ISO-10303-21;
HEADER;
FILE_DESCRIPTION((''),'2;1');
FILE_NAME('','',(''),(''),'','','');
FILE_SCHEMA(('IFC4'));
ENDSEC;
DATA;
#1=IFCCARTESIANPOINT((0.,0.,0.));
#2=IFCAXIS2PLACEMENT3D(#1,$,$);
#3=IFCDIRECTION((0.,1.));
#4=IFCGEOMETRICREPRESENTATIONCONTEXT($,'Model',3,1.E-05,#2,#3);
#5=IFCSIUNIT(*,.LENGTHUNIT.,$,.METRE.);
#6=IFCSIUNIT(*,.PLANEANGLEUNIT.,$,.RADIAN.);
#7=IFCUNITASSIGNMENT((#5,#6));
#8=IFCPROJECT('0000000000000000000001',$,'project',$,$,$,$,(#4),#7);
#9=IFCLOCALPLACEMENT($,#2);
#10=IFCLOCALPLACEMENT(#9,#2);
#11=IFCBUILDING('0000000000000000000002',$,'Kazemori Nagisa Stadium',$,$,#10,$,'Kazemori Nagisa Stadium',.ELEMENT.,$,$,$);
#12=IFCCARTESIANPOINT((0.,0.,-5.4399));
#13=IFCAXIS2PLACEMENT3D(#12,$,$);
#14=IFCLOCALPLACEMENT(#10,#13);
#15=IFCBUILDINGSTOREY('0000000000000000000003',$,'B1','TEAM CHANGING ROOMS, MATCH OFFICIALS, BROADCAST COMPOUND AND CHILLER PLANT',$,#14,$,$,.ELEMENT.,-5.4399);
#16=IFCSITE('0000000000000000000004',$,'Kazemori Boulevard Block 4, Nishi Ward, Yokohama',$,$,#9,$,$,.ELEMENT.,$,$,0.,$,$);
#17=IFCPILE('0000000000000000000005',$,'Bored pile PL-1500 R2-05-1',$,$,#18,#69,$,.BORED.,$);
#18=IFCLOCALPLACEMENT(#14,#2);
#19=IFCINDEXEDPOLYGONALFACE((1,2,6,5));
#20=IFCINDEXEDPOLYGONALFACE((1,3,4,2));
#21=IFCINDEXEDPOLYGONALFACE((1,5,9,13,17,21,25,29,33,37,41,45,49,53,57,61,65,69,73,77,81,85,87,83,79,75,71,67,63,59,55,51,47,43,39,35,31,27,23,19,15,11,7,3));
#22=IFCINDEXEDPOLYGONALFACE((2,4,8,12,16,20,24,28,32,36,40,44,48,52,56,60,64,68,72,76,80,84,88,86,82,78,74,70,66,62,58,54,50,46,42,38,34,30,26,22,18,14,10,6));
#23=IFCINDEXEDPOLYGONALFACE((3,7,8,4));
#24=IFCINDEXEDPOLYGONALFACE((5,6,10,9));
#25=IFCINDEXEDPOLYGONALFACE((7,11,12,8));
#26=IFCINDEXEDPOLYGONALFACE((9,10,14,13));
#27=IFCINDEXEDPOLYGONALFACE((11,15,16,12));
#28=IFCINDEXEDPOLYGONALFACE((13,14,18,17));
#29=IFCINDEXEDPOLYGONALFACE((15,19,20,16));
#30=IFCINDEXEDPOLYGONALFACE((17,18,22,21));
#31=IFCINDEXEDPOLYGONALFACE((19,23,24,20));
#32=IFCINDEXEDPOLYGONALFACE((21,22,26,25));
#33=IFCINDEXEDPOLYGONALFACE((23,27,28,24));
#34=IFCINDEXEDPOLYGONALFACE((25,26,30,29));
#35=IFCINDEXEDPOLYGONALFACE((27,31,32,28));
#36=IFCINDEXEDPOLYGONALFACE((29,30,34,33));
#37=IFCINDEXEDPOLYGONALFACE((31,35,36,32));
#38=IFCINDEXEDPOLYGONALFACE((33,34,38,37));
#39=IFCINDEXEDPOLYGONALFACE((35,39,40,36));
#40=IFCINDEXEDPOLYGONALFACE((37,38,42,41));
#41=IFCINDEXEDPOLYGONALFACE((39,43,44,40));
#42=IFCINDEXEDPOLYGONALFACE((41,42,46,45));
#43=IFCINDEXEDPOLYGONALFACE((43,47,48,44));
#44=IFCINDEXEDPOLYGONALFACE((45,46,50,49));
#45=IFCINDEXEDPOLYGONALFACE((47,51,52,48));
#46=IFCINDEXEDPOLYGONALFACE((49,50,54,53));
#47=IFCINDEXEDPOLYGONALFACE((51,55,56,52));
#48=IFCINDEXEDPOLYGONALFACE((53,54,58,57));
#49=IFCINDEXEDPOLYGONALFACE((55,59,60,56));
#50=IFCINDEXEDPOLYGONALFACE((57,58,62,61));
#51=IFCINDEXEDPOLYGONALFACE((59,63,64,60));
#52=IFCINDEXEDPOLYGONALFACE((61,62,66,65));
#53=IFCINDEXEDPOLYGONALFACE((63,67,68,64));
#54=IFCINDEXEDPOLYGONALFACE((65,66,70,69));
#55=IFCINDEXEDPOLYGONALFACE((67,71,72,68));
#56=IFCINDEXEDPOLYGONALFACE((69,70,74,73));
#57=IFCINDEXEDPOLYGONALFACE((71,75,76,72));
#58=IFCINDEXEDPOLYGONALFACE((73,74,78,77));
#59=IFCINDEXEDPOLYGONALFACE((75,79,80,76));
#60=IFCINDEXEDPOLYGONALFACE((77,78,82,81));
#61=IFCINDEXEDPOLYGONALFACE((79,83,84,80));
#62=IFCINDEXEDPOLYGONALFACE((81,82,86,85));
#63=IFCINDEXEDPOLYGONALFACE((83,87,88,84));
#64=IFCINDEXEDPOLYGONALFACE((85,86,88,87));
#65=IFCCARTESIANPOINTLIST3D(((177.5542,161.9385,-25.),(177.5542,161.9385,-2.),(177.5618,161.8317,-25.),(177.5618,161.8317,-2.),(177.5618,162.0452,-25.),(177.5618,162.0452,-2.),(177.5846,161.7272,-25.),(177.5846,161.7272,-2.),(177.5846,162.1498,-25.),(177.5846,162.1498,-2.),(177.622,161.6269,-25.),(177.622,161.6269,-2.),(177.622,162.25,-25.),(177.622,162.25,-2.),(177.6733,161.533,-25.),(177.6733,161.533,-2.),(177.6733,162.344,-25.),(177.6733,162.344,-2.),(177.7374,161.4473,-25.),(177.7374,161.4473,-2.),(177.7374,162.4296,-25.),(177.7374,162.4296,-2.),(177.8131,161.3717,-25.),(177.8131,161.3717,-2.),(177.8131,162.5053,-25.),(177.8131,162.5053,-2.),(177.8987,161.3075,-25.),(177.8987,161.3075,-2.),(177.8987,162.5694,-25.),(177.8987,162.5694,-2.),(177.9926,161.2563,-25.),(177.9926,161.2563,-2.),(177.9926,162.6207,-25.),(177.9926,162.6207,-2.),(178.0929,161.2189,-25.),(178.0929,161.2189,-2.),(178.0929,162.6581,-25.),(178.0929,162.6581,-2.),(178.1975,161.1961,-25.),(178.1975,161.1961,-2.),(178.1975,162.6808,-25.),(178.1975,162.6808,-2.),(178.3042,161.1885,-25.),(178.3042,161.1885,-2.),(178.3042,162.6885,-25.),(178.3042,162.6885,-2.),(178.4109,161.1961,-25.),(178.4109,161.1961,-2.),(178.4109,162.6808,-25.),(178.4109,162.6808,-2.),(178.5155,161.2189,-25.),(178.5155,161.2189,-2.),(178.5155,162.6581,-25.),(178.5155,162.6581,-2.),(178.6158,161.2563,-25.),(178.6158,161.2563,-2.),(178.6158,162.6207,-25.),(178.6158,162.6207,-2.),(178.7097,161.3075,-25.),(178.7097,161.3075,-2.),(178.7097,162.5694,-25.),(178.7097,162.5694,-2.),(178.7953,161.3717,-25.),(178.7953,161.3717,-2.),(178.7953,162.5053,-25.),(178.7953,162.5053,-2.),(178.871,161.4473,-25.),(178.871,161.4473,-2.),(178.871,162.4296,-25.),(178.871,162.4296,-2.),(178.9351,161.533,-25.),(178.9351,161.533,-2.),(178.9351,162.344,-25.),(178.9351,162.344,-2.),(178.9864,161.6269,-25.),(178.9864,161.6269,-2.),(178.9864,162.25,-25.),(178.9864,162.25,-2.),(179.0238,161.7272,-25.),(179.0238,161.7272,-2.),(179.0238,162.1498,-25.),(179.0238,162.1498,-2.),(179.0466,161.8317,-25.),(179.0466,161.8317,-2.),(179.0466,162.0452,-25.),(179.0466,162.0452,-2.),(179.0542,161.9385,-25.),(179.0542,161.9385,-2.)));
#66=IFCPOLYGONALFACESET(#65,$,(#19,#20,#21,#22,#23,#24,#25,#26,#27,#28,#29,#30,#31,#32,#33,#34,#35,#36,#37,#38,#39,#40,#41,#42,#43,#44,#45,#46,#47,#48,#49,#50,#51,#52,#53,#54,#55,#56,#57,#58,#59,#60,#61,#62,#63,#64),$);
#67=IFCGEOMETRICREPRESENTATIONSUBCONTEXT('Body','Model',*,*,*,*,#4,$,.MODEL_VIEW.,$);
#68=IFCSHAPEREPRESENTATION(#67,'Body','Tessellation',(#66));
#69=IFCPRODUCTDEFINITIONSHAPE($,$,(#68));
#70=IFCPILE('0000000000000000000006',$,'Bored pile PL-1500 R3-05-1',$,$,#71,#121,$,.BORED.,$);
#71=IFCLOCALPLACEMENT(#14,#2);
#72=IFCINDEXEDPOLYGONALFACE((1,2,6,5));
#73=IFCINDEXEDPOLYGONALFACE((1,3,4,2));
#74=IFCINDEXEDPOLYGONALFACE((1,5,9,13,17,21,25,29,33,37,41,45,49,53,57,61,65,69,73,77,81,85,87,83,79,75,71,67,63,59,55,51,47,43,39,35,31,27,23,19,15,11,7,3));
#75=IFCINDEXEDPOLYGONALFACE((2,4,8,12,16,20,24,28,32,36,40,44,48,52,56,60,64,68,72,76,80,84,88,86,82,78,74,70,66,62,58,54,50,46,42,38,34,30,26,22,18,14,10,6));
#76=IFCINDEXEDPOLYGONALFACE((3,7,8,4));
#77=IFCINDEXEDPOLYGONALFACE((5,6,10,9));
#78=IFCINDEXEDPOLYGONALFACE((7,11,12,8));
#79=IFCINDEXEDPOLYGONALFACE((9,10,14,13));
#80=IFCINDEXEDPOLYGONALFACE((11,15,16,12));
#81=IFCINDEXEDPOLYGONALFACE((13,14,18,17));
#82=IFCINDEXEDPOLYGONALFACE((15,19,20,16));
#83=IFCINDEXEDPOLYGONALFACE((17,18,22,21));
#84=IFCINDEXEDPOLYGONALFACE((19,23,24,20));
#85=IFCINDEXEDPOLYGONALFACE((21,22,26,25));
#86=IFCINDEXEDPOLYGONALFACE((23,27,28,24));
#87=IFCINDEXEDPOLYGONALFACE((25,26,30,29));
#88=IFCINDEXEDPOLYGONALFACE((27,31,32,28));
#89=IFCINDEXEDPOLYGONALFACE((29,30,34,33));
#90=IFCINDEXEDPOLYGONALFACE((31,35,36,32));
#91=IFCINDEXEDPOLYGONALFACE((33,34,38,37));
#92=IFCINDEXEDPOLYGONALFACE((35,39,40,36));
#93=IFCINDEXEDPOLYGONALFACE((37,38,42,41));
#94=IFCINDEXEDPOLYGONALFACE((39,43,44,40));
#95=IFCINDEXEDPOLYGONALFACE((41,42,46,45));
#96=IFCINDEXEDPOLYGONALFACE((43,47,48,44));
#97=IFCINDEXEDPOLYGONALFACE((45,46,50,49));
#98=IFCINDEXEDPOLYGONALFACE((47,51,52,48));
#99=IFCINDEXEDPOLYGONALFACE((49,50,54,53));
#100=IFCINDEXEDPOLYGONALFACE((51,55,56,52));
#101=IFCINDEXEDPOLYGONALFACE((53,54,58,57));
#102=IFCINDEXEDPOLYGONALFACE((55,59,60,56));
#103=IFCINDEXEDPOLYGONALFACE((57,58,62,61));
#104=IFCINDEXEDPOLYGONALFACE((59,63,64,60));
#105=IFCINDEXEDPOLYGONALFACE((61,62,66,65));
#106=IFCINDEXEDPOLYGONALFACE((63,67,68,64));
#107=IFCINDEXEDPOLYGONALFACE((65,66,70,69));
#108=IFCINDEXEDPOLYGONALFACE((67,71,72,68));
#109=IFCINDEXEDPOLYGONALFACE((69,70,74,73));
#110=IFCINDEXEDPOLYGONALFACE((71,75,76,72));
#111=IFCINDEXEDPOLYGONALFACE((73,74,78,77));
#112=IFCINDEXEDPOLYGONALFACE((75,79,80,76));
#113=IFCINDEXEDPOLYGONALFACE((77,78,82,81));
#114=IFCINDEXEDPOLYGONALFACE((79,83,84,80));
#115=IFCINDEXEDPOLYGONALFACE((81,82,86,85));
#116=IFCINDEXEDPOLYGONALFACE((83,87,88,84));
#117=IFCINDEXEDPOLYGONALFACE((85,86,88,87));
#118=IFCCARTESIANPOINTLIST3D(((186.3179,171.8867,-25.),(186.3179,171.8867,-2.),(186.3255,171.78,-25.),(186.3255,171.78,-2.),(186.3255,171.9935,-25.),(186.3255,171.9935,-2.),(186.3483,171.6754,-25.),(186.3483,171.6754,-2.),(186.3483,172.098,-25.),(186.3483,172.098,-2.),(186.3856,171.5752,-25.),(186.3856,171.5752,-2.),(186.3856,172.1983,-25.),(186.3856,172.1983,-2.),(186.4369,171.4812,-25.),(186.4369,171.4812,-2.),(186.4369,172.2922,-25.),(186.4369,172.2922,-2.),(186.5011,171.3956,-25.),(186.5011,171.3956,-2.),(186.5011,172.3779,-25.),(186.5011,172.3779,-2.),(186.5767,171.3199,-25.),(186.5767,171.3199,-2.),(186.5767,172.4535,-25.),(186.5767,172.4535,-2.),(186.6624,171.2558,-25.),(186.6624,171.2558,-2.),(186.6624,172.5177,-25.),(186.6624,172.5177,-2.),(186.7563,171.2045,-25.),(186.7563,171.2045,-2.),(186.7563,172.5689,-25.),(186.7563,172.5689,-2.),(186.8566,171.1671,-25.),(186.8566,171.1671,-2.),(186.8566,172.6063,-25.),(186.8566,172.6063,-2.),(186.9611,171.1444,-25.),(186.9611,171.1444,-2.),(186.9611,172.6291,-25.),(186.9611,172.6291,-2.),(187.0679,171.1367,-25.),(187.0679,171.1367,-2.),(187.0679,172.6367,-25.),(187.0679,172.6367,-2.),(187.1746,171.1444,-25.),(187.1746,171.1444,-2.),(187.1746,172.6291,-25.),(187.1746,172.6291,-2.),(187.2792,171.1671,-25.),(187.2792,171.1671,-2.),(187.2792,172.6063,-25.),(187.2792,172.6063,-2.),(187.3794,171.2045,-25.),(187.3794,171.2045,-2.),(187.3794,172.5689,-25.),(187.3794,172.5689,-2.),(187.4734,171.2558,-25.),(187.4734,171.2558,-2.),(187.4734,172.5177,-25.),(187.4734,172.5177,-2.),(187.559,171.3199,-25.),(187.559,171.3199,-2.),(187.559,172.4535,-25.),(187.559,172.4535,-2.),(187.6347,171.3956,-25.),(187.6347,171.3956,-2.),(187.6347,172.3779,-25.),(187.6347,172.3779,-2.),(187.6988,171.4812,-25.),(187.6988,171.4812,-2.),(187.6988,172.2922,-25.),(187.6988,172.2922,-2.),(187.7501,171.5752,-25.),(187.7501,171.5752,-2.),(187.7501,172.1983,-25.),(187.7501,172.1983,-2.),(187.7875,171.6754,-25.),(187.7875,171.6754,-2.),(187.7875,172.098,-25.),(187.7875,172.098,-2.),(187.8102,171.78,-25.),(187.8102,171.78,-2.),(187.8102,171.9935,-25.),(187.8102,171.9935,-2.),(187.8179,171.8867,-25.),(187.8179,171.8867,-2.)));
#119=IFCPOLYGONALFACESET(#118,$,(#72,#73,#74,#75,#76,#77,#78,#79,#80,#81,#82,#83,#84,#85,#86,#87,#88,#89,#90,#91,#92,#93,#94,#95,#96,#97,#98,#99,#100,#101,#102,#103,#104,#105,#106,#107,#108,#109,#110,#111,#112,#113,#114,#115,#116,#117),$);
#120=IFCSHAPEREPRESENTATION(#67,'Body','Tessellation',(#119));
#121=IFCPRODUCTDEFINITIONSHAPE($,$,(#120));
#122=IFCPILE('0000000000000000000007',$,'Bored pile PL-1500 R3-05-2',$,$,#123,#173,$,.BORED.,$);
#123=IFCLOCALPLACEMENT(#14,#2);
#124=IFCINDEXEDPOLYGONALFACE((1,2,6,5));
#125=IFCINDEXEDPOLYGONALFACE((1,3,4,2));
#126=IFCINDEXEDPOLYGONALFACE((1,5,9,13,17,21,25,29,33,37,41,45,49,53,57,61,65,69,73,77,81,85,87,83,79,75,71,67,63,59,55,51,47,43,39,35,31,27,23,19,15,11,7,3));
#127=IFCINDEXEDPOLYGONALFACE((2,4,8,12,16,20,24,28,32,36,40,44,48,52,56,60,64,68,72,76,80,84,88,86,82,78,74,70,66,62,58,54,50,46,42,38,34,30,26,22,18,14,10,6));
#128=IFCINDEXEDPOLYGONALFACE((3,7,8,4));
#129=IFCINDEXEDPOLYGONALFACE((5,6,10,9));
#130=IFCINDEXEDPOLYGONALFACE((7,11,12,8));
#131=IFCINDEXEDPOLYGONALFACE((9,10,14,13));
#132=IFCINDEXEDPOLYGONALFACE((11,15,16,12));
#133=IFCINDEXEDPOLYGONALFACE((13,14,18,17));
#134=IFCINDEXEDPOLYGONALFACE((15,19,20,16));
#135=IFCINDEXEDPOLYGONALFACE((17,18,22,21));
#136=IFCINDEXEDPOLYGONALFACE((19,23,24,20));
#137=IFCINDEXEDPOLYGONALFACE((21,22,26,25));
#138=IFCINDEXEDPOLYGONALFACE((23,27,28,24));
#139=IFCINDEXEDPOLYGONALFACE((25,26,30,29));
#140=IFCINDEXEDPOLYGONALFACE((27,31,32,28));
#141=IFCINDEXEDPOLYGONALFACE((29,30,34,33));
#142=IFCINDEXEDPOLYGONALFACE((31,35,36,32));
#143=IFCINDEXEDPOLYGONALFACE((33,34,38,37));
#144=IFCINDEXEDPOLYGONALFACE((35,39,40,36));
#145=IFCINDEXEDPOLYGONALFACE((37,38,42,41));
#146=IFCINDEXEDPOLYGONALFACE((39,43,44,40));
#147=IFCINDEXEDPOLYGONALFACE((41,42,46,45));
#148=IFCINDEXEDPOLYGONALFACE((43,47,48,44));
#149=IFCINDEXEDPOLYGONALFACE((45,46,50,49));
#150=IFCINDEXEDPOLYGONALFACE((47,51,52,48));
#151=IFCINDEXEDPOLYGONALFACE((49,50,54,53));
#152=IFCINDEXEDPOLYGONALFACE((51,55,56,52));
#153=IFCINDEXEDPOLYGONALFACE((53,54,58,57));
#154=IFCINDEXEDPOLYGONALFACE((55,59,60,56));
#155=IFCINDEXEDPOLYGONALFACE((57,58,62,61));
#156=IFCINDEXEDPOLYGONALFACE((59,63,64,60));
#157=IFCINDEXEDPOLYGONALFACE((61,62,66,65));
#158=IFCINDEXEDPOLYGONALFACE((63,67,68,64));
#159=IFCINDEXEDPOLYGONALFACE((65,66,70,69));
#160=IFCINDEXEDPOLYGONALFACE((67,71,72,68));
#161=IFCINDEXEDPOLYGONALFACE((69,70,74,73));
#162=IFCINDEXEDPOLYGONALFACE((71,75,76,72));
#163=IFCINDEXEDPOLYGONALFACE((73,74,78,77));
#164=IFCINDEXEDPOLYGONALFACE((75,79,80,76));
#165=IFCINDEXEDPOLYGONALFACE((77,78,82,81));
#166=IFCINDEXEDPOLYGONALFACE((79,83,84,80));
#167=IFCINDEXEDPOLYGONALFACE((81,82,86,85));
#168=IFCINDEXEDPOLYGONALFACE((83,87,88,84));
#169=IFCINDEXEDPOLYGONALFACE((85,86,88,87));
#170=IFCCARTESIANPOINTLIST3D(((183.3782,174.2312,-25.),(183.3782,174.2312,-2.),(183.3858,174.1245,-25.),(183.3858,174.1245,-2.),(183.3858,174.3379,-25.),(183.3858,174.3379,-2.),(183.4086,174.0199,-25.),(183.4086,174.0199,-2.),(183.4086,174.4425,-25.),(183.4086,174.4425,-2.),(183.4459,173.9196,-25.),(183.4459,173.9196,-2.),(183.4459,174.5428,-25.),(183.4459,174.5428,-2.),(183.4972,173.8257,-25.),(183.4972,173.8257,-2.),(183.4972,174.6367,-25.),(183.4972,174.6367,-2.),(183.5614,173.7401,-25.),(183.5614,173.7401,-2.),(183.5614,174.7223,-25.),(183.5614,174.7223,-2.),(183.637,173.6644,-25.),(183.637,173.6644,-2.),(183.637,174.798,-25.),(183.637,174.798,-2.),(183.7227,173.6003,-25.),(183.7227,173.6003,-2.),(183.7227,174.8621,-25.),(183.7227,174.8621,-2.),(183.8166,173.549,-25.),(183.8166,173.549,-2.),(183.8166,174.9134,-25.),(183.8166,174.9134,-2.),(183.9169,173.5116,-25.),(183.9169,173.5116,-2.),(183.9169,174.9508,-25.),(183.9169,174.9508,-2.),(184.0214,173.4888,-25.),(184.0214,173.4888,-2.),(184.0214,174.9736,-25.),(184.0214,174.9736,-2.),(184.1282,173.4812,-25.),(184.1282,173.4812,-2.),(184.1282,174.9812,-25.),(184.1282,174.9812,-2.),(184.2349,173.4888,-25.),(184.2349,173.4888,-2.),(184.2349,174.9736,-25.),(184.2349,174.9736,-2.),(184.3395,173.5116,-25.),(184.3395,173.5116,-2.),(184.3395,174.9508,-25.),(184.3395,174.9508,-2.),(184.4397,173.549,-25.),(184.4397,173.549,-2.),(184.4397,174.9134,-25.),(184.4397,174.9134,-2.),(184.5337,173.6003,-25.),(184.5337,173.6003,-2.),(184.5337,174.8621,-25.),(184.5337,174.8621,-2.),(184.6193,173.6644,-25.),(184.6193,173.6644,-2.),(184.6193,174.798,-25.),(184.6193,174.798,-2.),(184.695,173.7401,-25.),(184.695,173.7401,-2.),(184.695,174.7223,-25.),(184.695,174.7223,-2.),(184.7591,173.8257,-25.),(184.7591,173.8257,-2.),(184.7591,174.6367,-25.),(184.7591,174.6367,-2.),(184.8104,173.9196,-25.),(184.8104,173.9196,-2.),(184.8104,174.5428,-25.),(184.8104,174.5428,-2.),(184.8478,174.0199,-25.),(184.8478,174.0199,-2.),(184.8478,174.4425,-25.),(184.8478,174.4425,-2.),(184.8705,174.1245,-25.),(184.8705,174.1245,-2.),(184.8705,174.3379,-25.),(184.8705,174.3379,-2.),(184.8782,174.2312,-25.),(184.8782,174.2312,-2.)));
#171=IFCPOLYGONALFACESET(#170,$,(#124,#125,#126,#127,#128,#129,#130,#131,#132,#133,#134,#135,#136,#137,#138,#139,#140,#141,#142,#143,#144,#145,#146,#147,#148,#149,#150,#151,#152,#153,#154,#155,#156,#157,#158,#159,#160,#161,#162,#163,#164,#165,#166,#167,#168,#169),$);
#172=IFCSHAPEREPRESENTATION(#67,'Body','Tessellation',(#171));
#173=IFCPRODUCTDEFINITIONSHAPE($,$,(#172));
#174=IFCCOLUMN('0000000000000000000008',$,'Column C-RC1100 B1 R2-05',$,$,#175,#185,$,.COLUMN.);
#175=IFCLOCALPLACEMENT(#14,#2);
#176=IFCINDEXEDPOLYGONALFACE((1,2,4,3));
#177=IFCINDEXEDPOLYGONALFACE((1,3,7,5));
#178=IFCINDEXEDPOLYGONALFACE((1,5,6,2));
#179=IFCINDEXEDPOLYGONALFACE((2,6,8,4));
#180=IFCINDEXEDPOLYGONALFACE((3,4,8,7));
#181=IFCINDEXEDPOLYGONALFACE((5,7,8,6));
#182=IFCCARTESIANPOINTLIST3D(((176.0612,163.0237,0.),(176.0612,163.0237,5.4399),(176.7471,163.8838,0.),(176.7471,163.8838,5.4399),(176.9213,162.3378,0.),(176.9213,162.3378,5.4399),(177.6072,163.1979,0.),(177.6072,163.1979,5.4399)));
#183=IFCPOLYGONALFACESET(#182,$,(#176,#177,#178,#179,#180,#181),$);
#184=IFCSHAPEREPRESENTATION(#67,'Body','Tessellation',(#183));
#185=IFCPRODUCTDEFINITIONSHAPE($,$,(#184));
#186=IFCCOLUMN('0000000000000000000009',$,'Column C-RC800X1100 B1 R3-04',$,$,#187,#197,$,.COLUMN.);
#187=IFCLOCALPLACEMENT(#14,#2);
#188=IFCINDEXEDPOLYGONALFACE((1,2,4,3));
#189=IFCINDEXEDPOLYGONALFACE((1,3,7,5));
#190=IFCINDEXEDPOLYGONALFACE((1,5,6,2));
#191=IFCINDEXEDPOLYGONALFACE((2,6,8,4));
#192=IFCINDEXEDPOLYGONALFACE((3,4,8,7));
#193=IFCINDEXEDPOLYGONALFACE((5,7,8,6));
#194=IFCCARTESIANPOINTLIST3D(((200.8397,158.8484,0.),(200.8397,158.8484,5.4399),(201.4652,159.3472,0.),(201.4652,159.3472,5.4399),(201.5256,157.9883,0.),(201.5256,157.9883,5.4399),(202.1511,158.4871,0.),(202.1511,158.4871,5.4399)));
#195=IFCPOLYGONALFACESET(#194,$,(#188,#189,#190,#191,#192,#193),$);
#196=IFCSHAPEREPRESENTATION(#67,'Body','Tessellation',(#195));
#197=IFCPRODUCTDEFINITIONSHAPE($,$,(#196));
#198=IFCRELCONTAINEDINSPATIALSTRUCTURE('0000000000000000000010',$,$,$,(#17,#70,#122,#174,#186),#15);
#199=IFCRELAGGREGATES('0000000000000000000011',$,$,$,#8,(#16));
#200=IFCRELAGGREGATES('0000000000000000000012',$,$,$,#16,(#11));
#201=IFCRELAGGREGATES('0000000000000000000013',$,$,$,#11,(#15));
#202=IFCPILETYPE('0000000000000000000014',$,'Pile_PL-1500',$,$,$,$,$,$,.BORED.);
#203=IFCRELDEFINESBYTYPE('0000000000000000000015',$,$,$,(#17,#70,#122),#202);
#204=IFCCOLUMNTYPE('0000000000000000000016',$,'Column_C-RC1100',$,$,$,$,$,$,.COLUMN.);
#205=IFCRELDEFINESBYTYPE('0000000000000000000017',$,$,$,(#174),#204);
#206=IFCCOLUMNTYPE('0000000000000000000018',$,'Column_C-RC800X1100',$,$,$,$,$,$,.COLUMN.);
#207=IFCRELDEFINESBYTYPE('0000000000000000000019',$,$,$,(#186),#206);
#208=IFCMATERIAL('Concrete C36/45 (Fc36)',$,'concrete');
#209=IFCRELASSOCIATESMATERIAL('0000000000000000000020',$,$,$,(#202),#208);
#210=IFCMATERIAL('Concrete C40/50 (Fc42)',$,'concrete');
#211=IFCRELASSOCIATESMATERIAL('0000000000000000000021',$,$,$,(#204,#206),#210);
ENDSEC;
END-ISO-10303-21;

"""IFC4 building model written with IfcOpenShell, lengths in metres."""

from ifc_helpers import new_model, si_unit, direction, frame, origin, origin_2d, place, context, subcontext, project, spatial, rectangle, circle, extrude, material, material_profile, profile_set, type_object, element, save


model = new_model("IFC4")

# Units and contexts
model_context = context("Model", 3, precision=1e-05, world=origin(), true_north=direction((0.0, 1.0)))
body_context = subcontext(model_context, "Body", "Model", "MODEL_VIEW")
ifc_project = project(units=[si_unit("LENGTHUNIT", "METRE"), si_unit("PLANEANGLEUNIT", "RADIAN")], contexts=[model_context])

# Site, building, storey
site_placement = place(None, origin())
site = spatial("IfcSite", under=ifc_project, at=site_placement, Name="Kazemori Boulevard Block 4, Nishi Ward, Yokohama", CompositionType="ELEMENT", RefElevation=0.0)
building_placement = place(site_placement, origin())
building = spatial("IfcBuilding", under=site, at=building_placement, Name="Kazemori Nagisa Stadium", LongName="Kazemori Nagisa Stadium", CompositionType="ELEMENT")
storey_placement = place(building_placement, frame((0.0, 0.0, -5.4399)))
storey = spatial("IfcBuildingStorey", under=building, at=storey_placement, Name="B1", Description="TEAM CHANGING ROOMS, MATCH OFFICIALS, BROADCAST COMPOUND AND CHILLER PLANT", CompositionType="ELEMENT", Elevation=-5.4399)

# Shared definitions
ifc_material_1 = material(Name="Concrete C40/50 (Fc42)", Category="concrete")

# Piles
ifc_material_2 = material(Name="Concrete C36/45 (Fc36)", Category="concrete")
ifc_material_profile_1 = material_profile(ifc_material_2, circle(Radius=0.75, at=origin_2d()), Name="PILE-D1500")
ifc_profile_set_1 = profile_set([ifc_material_profile_1], Name="Concrete C36/45 (Fc36)")
pile_type_1 = type_object("IfcPileType", Name="Pile_PL-1500", PredefinedType="BORED", material=ifc_profile_set_1)
for number, where, z_axis, x_axis, name in (
    (1, (178.3042, 161.9385, -2.0), (0.0, 0.0, -1.0), (1.0, 0.0, 0.0), "Bored pile PL-1500 R2-05-1"),
    (2, (187.0679, 171.8867, -2.0), (0.0, 0.0, -1.0), (1.0, 0.0, 0.0), "Bored pile PL-1500 R3-05-1"),
    (3, (184.1282, 174.2312, -2.0), (0.0, 0.0, -1.0), (1.0, 0.0, 0.0), "Bored pile PL-1500 R3-05-2"),
):
    element("IfcPile", number, at=place(storey_placement, frame(where, z_axis=z_axis, x_axis=x_axis)), inside=storey, type_object=pile_type_1, Name=name, PredefinedType="BORED", context=body_context, shape_type="SweptSolid", body=[
        extrude(circle(Radius=0.75, at=origin_2d()), origin(), (0.0, 0.0, 1.0), 23.0),
    ])

# Columns
ifc_material_profile_2 = material_profile(ifc_material_1, rectangle(XDim=1.1001, YDim=1.1001, at=origin_2d()), Name="RC-COL-1100x1100")
ifc_profile_set_2 = profile_set([ifc_material_profile_2], Name="Concrete C40/50 (Fc42)")
column_type_1 = type_object("IfcColumnType", Name="Column_C-RC1100", PredefinedType="COLUMN", material=ifc_profile_set_2)
column_placement = place(storey_placement, frame((176.8342, 163.1108, 0.0), z_axis=(0.0, 0.0, 1.0), x_axis=(0.62349, 0.781831, 0.0)))
element("IfcColumn", 4, at=column_placement, inside=storey, type_object=column_type_1, Name="Column C-RC1100 B1 R2-05", PredefinedType="COLUMN", context=body_context, shape_type="SweptSolid", body=[
    extrude(rectangle(XDim=1.1001, YDim=1.1001, at=origin_2d()), origin(), (0.0, 0.0, 1.0), 5.4399),
])
ifc_material_profile_3 = material_profile(ifc_material_1, rectangle(XDim=0.8, YDim=1.1001, at=origin_2d()), Name="RC-COL-800x1100")
ifc_profile_set_3 = profile_set([ifc_material_profile_3], Name="Concrete C40/50 (Fc42)")
column_type_2 = type_object("IfcColumnType", Name="Column_C-RC800X1100", PredefinedType="COLUMN", material=ifc_profile_set_3)
for number, where, z_axis, x_axis, name in (
    (5, (201.4954, 158.6677, 0.0), (0.0, 0.0, 1.0), (0.781831, 0.62349, 0.0), "Column C-RC800X1100 B1 R3-04"),
):
    element("IfcColumn", number, at=place(storey_placement, frame(where, z_axis=z_axis, x_axis=x_axis)), inside=storey, type_object=column_type_2, Name=name, PredefinedType="COLUMN", context=body_context, shape_type="SweptSolid", body=[
        extrude(rectangle(XDim=0.8, YDim=1.1001, at=origin_2d()), origin(), (0.0, 0.0, 1.0), 5.4399),
    ])

save(model, "model.ifc")
